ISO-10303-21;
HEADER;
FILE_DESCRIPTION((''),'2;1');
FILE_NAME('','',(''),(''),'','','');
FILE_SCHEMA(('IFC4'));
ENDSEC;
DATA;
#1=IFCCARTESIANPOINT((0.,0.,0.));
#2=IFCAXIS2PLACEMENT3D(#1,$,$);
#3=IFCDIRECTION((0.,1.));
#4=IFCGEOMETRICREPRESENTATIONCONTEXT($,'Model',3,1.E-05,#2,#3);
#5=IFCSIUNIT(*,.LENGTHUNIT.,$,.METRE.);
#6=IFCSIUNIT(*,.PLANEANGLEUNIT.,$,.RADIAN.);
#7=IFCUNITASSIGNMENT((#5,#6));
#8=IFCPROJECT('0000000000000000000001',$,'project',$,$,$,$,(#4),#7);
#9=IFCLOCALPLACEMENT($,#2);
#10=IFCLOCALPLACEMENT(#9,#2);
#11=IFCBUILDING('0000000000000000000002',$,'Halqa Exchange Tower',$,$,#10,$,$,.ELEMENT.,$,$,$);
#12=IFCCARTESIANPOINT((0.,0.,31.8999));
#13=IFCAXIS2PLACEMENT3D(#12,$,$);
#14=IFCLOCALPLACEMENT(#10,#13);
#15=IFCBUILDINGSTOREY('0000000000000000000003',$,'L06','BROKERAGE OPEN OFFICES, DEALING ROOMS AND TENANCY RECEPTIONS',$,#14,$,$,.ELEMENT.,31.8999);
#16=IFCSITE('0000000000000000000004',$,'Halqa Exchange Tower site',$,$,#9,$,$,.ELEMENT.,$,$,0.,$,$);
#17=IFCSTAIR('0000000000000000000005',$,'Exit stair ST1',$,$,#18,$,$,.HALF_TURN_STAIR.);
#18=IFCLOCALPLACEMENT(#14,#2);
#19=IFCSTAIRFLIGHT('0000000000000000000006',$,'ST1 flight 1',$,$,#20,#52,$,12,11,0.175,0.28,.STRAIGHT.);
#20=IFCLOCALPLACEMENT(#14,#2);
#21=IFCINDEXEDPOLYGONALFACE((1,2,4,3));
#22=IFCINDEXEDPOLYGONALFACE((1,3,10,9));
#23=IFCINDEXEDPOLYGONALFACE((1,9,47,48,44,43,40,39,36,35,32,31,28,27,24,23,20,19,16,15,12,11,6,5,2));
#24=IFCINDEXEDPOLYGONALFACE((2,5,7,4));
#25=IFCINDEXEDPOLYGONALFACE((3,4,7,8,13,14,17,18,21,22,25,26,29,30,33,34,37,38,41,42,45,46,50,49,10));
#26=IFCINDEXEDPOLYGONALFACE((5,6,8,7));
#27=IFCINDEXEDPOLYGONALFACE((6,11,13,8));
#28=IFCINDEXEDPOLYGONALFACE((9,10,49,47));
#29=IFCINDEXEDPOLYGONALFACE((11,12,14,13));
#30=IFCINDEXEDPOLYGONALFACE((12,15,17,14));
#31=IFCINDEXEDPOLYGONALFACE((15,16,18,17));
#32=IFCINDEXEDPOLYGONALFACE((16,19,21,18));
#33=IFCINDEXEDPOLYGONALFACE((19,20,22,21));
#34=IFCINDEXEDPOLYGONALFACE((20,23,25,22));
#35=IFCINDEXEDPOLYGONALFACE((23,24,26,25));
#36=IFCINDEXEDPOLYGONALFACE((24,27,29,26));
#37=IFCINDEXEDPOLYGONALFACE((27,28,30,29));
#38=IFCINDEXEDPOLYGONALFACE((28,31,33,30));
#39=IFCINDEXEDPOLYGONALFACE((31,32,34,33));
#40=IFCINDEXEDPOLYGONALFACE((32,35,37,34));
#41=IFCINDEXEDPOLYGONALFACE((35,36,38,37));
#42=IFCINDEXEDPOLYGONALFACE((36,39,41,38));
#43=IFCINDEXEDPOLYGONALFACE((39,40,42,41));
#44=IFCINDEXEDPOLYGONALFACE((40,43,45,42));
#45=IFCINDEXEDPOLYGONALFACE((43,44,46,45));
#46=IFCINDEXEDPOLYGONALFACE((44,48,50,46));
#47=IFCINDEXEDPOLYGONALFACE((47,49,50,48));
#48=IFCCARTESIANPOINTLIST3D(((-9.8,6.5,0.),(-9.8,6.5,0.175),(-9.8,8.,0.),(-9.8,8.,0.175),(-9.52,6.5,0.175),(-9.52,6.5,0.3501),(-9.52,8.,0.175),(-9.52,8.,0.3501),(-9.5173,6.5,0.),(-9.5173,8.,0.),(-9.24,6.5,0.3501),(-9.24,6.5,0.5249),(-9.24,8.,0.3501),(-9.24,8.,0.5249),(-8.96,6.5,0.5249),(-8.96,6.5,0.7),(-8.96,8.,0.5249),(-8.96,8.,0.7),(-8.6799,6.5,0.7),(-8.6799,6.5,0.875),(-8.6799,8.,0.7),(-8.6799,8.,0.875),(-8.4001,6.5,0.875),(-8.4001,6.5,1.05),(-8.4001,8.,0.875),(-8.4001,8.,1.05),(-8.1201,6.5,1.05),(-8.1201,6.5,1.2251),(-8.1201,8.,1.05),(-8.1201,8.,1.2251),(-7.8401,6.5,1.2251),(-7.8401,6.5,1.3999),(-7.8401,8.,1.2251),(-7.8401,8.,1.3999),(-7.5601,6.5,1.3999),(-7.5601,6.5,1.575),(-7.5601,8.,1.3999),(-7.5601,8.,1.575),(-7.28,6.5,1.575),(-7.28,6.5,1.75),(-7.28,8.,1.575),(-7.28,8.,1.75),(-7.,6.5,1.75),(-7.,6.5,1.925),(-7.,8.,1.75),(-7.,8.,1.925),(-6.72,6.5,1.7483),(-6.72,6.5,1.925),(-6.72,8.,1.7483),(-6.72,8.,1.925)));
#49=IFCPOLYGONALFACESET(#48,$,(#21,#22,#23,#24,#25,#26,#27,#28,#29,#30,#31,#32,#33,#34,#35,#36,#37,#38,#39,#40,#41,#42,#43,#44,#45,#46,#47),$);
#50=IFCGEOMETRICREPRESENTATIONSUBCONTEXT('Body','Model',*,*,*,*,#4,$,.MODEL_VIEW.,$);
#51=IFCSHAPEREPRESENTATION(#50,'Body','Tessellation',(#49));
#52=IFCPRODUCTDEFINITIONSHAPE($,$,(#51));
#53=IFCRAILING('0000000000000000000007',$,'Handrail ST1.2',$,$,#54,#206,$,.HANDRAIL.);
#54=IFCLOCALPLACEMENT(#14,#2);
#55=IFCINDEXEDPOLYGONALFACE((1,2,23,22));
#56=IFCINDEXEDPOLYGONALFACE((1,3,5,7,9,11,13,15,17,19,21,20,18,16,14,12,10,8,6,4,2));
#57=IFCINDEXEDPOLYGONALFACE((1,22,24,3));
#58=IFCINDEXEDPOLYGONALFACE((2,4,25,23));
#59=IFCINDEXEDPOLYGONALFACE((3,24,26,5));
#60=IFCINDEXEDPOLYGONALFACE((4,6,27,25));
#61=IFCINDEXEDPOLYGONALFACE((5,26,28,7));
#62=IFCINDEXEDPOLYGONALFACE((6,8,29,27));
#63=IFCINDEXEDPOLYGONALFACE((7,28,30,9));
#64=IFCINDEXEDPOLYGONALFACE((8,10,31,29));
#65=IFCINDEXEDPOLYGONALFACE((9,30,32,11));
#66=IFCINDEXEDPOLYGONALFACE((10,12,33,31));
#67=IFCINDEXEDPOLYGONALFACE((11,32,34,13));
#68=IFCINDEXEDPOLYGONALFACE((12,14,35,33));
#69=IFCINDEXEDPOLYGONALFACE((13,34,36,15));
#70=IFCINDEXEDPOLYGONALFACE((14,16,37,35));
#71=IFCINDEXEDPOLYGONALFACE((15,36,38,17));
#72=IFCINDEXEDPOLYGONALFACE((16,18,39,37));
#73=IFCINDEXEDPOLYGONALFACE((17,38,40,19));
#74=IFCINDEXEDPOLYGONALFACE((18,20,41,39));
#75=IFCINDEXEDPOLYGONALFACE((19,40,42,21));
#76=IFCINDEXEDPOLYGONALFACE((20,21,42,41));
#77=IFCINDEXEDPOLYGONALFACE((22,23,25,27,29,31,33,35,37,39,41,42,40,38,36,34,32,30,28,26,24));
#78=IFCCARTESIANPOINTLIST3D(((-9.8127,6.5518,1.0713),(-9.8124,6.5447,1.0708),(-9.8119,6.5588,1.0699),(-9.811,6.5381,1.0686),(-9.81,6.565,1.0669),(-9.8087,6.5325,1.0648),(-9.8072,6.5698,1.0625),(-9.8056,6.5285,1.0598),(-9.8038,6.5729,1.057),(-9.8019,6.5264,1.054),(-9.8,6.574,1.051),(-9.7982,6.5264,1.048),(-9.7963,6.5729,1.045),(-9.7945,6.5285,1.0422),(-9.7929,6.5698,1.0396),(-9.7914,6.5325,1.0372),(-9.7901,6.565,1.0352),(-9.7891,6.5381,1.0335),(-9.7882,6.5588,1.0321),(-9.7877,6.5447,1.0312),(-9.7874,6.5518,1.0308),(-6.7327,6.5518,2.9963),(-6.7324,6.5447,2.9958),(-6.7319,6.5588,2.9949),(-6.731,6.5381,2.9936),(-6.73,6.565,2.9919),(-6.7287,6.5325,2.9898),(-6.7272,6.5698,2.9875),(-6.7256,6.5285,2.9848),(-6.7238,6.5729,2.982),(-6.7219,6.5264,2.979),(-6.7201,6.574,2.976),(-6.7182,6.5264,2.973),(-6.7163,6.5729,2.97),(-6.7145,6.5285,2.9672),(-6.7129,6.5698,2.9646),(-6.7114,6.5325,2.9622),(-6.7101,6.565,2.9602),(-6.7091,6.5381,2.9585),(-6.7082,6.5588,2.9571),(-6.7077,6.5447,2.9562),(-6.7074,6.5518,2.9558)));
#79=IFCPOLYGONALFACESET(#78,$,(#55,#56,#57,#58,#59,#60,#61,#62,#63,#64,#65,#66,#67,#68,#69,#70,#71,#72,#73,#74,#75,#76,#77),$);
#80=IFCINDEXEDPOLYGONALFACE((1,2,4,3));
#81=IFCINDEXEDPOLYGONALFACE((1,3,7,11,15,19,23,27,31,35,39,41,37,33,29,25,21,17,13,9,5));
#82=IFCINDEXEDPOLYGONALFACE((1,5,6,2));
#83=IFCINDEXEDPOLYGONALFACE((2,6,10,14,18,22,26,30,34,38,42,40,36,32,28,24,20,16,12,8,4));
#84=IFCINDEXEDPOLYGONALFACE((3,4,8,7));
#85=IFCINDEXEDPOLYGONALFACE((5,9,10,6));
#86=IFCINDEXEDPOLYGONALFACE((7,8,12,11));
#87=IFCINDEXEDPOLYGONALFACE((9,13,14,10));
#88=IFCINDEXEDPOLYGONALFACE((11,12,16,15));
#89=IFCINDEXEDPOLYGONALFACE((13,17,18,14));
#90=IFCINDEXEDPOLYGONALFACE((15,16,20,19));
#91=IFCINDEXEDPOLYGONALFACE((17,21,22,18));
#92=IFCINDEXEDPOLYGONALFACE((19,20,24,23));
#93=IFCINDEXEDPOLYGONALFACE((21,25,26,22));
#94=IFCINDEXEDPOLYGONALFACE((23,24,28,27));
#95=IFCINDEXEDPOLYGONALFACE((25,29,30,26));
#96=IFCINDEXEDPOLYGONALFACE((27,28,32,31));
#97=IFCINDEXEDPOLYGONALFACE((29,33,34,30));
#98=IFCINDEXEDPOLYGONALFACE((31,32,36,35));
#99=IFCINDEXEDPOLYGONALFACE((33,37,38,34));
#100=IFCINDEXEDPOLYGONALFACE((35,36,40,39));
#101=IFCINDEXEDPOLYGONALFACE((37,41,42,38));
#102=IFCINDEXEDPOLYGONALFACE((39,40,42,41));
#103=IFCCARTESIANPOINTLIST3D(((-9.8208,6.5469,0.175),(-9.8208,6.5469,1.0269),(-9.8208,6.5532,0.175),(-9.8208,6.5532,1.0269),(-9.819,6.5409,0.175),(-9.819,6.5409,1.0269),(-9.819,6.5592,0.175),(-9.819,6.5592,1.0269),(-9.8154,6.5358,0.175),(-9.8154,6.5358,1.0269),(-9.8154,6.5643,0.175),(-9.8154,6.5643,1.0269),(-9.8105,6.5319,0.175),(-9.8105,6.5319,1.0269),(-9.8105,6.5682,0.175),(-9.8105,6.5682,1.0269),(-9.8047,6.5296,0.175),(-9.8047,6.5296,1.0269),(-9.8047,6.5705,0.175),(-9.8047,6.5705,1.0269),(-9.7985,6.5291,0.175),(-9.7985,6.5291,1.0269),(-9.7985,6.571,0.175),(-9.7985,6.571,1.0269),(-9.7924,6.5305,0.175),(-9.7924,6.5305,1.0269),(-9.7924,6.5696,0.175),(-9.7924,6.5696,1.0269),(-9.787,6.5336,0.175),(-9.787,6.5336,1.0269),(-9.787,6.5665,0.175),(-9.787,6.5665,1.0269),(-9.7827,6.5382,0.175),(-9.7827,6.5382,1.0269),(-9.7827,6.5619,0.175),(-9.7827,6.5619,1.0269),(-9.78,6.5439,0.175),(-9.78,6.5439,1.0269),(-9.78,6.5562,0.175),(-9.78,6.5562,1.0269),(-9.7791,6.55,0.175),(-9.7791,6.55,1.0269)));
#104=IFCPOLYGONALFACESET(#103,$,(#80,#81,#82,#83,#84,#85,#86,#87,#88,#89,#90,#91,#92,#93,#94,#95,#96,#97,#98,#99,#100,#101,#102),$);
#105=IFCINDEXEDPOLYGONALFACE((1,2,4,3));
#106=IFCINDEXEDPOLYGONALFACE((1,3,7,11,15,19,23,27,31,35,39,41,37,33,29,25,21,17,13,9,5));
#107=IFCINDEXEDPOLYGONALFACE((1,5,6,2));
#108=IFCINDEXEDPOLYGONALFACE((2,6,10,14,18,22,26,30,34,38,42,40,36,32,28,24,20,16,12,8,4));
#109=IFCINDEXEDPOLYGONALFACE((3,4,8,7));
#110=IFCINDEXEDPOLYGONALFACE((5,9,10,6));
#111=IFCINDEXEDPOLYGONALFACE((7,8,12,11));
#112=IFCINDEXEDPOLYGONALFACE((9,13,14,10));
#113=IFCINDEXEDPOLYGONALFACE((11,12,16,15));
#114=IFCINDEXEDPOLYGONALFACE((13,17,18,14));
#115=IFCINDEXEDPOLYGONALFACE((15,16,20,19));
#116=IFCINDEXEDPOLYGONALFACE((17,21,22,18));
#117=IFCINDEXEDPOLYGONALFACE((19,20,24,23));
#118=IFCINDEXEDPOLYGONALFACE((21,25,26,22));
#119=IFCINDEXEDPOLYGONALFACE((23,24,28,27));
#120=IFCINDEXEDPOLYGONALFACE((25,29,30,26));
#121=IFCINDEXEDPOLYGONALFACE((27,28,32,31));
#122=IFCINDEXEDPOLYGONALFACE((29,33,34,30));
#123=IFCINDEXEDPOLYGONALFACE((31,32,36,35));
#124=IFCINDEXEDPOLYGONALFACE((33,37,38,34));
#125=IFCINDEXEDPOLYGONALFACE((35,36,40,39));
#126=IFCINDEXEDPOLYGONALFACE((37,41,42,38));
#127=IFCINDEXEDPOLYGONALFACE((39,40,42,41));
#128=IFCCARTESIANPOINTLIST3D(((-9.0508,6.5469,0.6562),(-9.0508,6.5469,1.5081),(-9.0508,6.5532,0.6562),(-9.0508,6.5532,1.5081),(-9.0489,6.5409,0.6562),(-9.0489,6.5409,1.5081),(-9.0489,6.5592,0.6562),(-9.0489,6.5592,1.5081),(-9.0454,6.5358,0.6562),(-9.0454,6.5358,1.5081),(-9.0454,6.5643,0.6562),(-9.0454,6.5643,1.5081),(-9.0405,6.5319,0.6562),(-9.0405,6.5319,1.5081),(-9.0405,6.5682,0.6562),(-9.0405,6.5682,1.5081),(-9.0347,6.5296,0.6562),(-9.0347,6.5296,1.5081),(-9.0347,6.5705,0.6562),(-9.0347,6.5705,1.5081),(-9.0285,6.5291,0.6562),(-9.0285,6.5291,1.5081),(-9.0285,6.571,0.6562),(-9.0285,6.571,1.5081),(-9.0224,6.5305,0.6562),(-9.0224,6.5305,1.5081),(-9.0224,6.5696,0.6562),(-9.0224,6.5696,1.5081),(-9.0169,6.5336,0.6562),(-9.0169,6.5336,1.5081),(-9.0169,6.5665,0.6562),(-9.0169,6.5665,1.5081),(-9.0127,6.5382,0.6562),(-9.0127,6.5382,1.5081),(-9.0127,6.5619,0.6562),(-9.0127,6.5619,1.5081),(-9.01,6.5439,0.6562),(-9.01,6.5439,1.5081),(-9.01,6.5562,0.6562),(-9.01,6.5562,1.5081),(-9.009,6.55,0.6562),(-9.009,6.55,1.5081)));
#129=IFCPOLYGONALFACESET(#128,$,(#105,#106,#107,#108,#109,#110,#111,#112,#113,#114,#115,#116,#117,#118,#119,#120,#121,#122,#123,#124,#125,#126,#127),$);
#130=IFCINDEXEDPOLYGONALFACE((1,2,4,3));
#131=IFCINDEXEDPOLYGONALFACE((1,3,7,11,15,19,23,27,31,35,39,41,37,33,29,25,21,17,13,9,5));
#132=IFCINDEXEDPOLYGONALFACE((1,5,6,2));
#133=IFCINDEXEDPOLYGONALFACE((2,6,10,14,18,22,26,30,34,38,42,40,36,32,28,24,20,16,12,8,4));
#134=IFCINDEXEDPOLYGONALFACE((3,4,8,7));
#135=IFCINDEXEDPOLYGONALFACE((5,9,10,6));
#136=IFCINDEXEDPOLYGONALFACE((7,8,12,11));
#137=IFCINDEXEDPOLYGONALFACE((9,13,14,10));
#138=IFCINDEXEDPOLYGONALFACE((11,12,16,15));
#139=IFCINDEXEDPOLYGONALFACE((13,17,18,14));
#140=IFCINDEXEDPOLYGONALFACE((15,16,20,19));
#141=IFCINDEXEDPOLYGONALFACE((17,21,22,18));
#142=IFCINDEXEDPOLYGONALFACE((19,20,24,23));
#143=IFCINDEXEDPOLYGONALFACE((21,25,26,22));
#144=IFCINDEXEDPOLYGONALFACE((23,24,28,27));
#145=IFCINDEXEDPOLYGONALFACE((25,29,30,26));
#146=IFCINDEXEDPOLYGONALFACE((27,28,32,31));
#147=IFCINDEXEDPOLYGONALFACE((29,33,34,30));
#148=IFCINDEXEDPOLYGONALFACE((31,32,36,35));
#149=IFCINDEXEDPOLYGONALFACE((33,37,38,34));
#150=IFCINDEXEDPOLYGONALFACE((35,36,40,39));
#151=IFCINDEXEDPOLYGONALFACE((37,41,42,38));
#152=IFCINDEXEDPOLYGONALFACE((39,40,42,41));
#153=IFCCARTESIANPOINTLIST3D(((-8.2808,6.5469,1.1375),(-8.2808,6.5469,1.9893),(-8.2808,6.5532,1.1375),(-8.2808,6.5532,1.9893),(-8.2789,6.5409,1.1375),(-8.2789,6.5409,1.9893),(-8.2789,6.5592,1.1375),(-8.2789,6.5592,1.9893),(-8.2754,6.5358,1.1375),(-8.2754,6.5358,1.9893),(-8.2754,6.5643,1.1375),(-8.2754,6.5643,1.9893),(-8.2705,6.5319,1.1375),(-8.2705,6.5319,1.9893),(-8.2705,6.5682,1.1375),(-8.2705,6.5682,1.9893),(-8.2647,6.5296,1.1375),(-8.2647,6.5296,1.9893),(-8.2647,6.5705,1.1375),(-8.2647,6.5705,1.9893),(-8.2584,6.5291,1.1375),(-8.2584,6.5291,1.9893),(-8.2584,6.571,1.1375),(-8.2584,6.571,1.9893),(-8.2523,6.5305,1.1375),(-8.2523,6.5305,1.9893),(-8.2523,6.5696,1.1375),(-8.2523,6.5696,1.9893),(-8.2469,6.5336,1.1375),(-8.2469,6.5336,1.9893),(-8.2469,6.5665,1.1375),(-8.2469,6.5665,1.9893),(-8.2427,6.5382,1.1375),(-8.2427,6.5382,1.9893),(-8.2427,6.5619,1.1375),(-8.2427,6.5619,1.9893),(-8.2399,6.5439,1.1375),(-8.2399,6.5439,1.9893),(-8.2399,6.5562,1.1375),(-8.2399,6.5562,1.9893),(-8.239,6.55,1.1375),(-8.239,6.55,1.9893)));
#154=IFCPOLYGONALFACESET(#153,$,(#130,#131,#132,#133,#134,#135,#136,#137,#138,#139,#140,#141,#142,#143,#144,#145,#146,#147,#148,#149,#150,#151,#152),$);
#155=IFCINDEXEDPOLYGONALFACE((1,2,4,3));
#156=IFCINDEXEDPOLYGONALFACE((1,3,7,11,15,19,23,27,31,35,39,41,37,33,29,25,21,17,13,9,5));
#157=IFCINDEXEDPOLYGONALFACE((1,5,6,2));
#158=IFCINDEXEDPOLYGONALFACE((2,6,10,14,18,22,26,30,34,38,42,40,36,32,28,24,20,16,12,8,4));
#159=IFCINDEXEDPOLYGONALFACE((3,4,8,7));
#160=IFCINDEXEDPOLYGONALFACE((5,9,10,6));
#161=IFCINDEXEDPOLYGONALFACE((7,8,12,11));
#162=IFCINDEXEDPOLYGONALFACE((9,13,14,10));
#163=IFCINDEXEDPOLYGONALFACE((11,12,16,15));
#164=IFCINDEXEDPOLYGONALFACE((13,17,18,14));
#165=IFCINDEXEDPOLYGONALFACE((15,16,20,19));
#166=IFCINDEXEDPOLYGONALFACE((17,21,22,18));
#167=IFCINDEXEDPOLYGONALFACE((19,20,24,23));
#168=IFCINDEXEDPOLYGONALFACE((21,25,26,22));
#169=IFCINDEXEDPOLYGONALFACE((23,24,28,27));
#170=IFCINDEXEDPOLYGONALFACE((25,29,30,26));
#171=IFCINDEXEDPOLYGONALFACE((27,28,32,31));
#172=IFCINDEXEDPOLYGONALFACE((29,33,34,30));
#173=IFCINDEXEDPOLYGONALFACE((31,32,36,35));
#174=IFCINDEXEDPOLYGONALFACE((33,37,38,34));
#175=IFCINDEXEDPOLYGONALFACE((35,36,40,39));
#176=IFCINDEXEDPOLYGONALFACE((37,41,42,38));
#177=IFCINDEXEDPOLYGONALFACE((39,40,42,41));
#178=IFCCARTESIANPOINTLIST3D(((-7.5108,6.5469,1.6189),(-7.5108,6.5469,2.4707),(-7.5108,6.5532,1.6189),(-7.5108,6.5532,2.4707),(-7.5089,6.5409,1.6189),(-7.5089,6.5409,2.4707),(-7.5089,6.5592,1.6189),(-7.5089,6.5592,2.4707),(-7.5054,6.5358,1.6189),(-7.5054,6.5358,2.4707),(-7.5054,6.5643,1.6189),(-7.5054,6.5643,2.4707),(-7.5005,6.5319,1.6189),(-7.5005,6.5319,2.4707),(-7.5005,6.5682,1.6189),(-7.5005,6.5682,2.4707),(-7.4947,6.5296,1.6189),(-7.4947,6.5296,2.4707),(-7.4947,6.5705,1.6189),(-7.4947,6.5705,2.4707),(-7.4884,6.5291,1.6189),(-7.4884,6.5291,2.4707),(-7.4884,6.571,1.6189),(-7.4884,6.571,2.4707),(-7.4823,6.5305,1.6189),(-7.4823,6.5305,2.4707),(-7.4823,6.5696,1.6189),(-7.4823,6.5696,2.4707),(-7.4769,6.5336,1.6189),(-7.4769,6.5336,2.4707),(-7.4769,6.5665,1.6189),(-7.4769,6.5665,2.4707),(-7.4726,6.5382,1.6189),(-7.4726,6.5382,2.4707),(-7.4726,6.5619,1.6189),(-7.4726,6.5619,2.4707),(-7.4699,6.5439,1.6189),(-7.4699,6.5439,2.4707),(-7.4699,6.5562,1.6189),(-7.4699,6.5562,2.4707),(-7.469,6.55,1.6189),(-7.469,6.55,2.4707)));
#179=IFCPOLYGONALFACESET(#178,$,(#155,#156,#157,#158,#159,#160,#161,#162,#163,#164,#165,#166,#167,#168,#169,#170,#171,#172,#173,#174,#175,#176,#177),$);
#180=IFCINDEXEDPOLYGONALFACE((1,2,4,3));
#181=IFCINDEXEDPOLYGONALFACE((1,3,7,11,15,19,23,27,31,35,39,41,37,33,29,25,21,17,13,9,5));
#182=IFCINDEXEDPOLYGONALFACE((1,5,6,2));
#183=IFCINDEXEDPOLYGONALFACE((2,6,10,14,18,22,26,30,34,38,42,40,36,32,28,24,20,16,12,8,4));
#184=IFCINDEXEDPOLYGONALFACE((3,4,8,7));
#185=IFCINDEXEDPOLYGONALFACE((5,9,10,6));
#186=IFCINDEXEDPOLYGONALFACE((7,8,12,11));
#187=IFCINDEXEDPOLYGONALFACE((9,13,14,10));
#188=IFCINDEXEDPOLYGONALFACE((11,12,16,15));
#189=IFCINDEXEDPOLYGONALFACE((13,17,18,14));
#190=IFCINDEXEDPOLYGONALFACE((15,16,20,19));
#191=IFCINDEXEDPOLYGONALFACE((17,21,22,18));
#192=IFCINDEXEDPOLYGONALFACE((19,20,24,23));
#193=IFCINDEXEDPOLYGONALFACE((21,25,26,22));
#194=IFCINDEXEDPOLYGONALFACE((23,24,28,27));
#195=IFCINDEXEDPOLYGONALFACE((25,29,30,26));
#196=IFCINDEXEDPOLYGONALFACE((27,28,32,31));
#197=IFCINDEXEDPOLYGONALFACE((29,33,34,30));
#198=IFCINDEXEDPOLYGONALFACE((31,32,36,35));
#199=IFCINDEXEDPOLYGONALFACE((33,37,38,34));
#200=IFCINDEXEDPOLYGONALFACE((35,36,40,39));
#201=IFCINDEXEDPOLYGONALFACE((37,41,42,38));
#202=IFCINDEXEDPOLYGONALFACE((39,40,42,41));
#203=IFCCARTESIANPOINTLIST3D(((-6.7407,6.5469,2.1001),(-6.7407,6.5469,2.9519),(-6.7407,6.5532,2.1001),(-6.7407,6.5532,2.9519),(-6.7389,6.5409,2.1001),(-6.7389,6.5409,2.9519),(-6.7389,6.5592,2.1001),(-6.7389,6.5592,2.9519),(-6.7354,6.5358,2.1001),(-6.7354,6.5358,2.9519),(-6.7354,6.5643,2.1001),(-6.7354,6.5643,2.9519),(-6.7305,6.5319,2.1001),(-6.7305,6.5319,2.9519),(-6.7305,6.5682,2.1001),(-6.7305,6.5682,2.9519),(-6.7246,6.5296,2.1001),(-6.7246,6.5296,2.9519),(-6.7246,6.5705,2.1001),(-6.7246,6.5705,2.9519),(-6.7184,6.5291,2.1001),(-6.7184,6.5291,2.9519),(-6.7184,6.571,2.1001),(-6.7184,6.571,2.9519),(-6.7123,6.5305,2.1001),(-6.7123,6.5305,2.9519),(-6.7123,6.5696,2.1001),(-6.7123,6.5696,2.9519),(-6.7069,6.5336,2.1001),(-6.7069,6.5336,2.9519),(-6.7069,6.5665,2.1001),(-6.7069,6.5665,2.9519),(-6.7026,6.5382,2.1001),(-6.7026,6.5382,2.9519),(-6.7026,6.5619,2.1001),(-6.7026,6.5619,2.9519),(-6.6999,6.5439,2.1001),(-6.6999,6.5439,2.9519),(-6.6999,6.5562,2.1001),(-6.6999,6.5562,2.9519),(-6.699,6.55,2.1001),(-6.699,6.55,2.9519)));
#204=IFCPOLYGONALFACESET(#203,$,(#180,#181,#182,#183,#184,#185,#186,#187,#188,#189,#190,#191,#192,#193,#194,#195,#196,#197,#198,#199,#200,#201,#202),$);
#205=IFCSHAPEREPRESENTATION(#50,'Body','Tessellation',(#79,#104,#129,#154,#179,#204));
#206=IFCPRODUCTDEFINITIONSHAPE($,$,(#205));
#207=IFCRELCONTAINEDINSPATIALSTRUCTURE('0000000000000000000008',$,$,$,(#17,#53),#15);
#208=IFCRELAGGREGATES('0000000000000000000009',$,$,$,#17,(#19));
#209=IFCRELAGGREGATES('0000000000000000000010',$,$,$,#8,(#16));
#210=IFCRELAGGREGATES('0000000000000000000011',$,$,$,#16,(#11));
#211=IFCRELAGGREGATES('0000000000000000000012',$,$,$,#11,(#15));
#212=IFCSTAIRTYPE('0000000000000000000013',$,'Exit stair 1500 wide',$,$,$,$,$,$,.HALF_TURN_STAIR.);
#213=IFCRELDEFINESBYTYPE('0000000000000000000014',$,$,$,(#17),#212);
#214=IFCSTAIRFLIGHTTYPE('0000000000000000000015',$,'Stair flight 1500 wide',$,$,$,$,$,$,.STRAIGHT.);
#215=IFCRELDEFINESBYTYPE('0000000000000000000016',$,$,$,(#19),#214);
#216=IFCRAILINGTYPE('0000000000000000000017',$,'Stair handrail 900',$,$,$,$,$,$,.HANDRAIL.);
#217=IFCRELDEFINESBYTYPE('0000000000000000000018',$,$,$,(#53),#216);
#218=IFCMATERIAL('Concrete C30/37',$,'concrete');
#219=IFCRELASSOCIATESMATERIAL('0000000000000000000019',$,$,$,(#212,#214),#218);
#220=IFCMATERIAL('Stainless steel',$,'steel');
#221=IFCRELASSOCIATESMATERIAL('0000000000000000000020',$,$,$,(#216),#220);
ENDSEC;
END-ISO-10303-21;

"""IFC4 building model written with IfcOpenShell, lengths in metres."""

from ifc_helpers import new_model, si_unit, direction, frame, origin, origin_2d, place, context, subcontext, project, spatial, polyline, circle, outline, extrude, material, type_object, element, aggregate, save


model = new_model("IFC4")

# Units and contexts
model_context = context("Model", 3, precision=1e-05, world=origin(), true_north=direction((0.0, 1.0)))
body_context = subcontext(model_context, "Body", "Model", "MODEL_VIEW")
ifc_project = project(units=[si_unit("LENGTHUNIT", "METRE"), si_unit("PLANEANGLEUNIT", "RADIAN")], contexts=[model_context])

# Site, building, storey
site_placement = place(None, origin())
site = spatial("IfcSite", under=ifc_project, at=site_placement, Name="Halqa Exchange Tower site", CompositionType="ELEMENT", RefElevation=0.0)
building_placement = place(site_placement, origin())
building = spatial("IfcBuilding", under=site, at=building_placement, Name="Halqa Exchange Tower", CompositionType="ELEMENT")
storey_placement = place(building_placement, frame((0.0, 0.0, 31.8999)))
storey = spatial("IfcBuildingStorey", under=building, at=storey_placement, Name="L06", Description="BROKERAGE OPEN OFFICES, DEALING ROOMS AND TENANCY RECEPTIONS", CompositionType="ELEMENT", Elevation=31.8999)

# Shared definitions
ifc_material_1 = material(Name="Stainless steel", Category="steel")

# Shared definitions
ifc_material_2 = material(Name="Concrete C30/37", Category="concrete")

# Stair, stair flight
stair_type = type_object("IfcStairType", Name="Exit stair 1500 wide", PredefinedType="HALF_TURN_STAIR", material=ifc_material_2)
stair_placement = place(storey_placement, origin())
stair = element("IfcStair", 1, at=stair_placement, inside=storey, type_object=stair_type, Name="Exit stair ST1", PredefinedType="HALF_TURN_STAIR")
stair_flight_type = type_object("IfcStairFlightType", Name="Stair flight 1500 wide", PredefinedType="STRAIGHT", material=ifc_material_2)
stair_flight_placement = place(storey_placement, frame((-9.8, 7.25, 0.0), z_axis=(0.0, 0.0, 1.0), x_axis=(1.0, 0.0, 0.0)))
stair_flight = element("IfcStairFlight", 2, at=stair_flight_placement, type_object=stair_flight_type, Name="ST1 flight 1", NumberOfRisers=12, NumberOfTreads=11, PredefinedType="STRAIGHT", RiserHeight=0.175, TreadLength=0.28, context=body_context, shape_type="SweptSolid", body=[
    extrude(outline(polyline([(0.0, 0.0), (0.0, 0.175), (0.28, 0.175), (0.28, 0.3501), (0.5601, 0.3501), (0.5601, 0.5249), (0.8401, 0.5249), (0.8401, 0.7), (1.1201, 0.7), (1.1201, 0.875), (1.3999, 0.875), (1.3999, 1.05), (1.6799, 1.05), (1.6799, 1.2251), (1.96, 1.2251), (1.96, 1.3999), (2.24, 1.3999), (2.24, 1.575), (2.52, 1.575), (2.52, 1.75), (2.8, 1.75), (2.8, 1.925), (3.0801, 1.925), (3.0801, 2.1001), (3.0801, 1.7483), (0.2827, 0.0), (0.0, 0.0)])), frame((0.0, 0.75, 0.0), z_axis=(0.0, -1.0, 0.0), x_axis=(1.0, 0.0, 0.0)), (0.0, 0.0, 1.0), 1.5),
])
aggregate(stair, [stair_flight])

# Railing
railing_type_1 = type_object("IfcRailingType", Name="Stair handrail 900", PredefinedType="HANDRAIL", material=ifc_material_1)
railing_1_placement = place(storey_placement, frame((-9.8, 6.55, 0.175)))
element("IfcRailing", 3, at=railing_1_placement, inside=storey, type_object=railing_type_1, Name="Handrail ST1.2", PredefinedType="HANDRAIL", context=body_context, shape_type="SweptSolid", body=[
    extrude(circle(Radius=0.0239, at=origin_2d()), frame((0.0, 0.0, 0.876), z_axis=(0.847998, 0.0, 0.529999), x_axis=(0.0, 1.0, 0.0)), (0.0, 0.0, 1.0), 3.6321),
    extrude(circle(Radius=0.021, at=origin_2d()), origin(), (0.0, 0.0, 1.0), 0.8518),
    extrude(circle(Radius=0.021, at=origin_2d()), frame((0.77, 0.0, 0.4812)), (0.0, 0.0, 1.0), 0.8518),
    extrude(circle(Radius=0.021, at=origin_2d()), frame((1.54, 0.0, 0.9624)), (0.0, 0.0, 1.0), 0.8518),
    extrude(circle(Radius=0.021, at=origin_2d()), frame((2.3101, 0.0, 1.4438)), (0.0, 0.0, 1.0), 0.8518),
    extrude(circle(Radius=0.021, at=origin_2d()), frame((3.0801, 0.0, 1.925)), (0.0, 0.0, 1.0), 0.8518),
])

save(model, "model.ifc")
